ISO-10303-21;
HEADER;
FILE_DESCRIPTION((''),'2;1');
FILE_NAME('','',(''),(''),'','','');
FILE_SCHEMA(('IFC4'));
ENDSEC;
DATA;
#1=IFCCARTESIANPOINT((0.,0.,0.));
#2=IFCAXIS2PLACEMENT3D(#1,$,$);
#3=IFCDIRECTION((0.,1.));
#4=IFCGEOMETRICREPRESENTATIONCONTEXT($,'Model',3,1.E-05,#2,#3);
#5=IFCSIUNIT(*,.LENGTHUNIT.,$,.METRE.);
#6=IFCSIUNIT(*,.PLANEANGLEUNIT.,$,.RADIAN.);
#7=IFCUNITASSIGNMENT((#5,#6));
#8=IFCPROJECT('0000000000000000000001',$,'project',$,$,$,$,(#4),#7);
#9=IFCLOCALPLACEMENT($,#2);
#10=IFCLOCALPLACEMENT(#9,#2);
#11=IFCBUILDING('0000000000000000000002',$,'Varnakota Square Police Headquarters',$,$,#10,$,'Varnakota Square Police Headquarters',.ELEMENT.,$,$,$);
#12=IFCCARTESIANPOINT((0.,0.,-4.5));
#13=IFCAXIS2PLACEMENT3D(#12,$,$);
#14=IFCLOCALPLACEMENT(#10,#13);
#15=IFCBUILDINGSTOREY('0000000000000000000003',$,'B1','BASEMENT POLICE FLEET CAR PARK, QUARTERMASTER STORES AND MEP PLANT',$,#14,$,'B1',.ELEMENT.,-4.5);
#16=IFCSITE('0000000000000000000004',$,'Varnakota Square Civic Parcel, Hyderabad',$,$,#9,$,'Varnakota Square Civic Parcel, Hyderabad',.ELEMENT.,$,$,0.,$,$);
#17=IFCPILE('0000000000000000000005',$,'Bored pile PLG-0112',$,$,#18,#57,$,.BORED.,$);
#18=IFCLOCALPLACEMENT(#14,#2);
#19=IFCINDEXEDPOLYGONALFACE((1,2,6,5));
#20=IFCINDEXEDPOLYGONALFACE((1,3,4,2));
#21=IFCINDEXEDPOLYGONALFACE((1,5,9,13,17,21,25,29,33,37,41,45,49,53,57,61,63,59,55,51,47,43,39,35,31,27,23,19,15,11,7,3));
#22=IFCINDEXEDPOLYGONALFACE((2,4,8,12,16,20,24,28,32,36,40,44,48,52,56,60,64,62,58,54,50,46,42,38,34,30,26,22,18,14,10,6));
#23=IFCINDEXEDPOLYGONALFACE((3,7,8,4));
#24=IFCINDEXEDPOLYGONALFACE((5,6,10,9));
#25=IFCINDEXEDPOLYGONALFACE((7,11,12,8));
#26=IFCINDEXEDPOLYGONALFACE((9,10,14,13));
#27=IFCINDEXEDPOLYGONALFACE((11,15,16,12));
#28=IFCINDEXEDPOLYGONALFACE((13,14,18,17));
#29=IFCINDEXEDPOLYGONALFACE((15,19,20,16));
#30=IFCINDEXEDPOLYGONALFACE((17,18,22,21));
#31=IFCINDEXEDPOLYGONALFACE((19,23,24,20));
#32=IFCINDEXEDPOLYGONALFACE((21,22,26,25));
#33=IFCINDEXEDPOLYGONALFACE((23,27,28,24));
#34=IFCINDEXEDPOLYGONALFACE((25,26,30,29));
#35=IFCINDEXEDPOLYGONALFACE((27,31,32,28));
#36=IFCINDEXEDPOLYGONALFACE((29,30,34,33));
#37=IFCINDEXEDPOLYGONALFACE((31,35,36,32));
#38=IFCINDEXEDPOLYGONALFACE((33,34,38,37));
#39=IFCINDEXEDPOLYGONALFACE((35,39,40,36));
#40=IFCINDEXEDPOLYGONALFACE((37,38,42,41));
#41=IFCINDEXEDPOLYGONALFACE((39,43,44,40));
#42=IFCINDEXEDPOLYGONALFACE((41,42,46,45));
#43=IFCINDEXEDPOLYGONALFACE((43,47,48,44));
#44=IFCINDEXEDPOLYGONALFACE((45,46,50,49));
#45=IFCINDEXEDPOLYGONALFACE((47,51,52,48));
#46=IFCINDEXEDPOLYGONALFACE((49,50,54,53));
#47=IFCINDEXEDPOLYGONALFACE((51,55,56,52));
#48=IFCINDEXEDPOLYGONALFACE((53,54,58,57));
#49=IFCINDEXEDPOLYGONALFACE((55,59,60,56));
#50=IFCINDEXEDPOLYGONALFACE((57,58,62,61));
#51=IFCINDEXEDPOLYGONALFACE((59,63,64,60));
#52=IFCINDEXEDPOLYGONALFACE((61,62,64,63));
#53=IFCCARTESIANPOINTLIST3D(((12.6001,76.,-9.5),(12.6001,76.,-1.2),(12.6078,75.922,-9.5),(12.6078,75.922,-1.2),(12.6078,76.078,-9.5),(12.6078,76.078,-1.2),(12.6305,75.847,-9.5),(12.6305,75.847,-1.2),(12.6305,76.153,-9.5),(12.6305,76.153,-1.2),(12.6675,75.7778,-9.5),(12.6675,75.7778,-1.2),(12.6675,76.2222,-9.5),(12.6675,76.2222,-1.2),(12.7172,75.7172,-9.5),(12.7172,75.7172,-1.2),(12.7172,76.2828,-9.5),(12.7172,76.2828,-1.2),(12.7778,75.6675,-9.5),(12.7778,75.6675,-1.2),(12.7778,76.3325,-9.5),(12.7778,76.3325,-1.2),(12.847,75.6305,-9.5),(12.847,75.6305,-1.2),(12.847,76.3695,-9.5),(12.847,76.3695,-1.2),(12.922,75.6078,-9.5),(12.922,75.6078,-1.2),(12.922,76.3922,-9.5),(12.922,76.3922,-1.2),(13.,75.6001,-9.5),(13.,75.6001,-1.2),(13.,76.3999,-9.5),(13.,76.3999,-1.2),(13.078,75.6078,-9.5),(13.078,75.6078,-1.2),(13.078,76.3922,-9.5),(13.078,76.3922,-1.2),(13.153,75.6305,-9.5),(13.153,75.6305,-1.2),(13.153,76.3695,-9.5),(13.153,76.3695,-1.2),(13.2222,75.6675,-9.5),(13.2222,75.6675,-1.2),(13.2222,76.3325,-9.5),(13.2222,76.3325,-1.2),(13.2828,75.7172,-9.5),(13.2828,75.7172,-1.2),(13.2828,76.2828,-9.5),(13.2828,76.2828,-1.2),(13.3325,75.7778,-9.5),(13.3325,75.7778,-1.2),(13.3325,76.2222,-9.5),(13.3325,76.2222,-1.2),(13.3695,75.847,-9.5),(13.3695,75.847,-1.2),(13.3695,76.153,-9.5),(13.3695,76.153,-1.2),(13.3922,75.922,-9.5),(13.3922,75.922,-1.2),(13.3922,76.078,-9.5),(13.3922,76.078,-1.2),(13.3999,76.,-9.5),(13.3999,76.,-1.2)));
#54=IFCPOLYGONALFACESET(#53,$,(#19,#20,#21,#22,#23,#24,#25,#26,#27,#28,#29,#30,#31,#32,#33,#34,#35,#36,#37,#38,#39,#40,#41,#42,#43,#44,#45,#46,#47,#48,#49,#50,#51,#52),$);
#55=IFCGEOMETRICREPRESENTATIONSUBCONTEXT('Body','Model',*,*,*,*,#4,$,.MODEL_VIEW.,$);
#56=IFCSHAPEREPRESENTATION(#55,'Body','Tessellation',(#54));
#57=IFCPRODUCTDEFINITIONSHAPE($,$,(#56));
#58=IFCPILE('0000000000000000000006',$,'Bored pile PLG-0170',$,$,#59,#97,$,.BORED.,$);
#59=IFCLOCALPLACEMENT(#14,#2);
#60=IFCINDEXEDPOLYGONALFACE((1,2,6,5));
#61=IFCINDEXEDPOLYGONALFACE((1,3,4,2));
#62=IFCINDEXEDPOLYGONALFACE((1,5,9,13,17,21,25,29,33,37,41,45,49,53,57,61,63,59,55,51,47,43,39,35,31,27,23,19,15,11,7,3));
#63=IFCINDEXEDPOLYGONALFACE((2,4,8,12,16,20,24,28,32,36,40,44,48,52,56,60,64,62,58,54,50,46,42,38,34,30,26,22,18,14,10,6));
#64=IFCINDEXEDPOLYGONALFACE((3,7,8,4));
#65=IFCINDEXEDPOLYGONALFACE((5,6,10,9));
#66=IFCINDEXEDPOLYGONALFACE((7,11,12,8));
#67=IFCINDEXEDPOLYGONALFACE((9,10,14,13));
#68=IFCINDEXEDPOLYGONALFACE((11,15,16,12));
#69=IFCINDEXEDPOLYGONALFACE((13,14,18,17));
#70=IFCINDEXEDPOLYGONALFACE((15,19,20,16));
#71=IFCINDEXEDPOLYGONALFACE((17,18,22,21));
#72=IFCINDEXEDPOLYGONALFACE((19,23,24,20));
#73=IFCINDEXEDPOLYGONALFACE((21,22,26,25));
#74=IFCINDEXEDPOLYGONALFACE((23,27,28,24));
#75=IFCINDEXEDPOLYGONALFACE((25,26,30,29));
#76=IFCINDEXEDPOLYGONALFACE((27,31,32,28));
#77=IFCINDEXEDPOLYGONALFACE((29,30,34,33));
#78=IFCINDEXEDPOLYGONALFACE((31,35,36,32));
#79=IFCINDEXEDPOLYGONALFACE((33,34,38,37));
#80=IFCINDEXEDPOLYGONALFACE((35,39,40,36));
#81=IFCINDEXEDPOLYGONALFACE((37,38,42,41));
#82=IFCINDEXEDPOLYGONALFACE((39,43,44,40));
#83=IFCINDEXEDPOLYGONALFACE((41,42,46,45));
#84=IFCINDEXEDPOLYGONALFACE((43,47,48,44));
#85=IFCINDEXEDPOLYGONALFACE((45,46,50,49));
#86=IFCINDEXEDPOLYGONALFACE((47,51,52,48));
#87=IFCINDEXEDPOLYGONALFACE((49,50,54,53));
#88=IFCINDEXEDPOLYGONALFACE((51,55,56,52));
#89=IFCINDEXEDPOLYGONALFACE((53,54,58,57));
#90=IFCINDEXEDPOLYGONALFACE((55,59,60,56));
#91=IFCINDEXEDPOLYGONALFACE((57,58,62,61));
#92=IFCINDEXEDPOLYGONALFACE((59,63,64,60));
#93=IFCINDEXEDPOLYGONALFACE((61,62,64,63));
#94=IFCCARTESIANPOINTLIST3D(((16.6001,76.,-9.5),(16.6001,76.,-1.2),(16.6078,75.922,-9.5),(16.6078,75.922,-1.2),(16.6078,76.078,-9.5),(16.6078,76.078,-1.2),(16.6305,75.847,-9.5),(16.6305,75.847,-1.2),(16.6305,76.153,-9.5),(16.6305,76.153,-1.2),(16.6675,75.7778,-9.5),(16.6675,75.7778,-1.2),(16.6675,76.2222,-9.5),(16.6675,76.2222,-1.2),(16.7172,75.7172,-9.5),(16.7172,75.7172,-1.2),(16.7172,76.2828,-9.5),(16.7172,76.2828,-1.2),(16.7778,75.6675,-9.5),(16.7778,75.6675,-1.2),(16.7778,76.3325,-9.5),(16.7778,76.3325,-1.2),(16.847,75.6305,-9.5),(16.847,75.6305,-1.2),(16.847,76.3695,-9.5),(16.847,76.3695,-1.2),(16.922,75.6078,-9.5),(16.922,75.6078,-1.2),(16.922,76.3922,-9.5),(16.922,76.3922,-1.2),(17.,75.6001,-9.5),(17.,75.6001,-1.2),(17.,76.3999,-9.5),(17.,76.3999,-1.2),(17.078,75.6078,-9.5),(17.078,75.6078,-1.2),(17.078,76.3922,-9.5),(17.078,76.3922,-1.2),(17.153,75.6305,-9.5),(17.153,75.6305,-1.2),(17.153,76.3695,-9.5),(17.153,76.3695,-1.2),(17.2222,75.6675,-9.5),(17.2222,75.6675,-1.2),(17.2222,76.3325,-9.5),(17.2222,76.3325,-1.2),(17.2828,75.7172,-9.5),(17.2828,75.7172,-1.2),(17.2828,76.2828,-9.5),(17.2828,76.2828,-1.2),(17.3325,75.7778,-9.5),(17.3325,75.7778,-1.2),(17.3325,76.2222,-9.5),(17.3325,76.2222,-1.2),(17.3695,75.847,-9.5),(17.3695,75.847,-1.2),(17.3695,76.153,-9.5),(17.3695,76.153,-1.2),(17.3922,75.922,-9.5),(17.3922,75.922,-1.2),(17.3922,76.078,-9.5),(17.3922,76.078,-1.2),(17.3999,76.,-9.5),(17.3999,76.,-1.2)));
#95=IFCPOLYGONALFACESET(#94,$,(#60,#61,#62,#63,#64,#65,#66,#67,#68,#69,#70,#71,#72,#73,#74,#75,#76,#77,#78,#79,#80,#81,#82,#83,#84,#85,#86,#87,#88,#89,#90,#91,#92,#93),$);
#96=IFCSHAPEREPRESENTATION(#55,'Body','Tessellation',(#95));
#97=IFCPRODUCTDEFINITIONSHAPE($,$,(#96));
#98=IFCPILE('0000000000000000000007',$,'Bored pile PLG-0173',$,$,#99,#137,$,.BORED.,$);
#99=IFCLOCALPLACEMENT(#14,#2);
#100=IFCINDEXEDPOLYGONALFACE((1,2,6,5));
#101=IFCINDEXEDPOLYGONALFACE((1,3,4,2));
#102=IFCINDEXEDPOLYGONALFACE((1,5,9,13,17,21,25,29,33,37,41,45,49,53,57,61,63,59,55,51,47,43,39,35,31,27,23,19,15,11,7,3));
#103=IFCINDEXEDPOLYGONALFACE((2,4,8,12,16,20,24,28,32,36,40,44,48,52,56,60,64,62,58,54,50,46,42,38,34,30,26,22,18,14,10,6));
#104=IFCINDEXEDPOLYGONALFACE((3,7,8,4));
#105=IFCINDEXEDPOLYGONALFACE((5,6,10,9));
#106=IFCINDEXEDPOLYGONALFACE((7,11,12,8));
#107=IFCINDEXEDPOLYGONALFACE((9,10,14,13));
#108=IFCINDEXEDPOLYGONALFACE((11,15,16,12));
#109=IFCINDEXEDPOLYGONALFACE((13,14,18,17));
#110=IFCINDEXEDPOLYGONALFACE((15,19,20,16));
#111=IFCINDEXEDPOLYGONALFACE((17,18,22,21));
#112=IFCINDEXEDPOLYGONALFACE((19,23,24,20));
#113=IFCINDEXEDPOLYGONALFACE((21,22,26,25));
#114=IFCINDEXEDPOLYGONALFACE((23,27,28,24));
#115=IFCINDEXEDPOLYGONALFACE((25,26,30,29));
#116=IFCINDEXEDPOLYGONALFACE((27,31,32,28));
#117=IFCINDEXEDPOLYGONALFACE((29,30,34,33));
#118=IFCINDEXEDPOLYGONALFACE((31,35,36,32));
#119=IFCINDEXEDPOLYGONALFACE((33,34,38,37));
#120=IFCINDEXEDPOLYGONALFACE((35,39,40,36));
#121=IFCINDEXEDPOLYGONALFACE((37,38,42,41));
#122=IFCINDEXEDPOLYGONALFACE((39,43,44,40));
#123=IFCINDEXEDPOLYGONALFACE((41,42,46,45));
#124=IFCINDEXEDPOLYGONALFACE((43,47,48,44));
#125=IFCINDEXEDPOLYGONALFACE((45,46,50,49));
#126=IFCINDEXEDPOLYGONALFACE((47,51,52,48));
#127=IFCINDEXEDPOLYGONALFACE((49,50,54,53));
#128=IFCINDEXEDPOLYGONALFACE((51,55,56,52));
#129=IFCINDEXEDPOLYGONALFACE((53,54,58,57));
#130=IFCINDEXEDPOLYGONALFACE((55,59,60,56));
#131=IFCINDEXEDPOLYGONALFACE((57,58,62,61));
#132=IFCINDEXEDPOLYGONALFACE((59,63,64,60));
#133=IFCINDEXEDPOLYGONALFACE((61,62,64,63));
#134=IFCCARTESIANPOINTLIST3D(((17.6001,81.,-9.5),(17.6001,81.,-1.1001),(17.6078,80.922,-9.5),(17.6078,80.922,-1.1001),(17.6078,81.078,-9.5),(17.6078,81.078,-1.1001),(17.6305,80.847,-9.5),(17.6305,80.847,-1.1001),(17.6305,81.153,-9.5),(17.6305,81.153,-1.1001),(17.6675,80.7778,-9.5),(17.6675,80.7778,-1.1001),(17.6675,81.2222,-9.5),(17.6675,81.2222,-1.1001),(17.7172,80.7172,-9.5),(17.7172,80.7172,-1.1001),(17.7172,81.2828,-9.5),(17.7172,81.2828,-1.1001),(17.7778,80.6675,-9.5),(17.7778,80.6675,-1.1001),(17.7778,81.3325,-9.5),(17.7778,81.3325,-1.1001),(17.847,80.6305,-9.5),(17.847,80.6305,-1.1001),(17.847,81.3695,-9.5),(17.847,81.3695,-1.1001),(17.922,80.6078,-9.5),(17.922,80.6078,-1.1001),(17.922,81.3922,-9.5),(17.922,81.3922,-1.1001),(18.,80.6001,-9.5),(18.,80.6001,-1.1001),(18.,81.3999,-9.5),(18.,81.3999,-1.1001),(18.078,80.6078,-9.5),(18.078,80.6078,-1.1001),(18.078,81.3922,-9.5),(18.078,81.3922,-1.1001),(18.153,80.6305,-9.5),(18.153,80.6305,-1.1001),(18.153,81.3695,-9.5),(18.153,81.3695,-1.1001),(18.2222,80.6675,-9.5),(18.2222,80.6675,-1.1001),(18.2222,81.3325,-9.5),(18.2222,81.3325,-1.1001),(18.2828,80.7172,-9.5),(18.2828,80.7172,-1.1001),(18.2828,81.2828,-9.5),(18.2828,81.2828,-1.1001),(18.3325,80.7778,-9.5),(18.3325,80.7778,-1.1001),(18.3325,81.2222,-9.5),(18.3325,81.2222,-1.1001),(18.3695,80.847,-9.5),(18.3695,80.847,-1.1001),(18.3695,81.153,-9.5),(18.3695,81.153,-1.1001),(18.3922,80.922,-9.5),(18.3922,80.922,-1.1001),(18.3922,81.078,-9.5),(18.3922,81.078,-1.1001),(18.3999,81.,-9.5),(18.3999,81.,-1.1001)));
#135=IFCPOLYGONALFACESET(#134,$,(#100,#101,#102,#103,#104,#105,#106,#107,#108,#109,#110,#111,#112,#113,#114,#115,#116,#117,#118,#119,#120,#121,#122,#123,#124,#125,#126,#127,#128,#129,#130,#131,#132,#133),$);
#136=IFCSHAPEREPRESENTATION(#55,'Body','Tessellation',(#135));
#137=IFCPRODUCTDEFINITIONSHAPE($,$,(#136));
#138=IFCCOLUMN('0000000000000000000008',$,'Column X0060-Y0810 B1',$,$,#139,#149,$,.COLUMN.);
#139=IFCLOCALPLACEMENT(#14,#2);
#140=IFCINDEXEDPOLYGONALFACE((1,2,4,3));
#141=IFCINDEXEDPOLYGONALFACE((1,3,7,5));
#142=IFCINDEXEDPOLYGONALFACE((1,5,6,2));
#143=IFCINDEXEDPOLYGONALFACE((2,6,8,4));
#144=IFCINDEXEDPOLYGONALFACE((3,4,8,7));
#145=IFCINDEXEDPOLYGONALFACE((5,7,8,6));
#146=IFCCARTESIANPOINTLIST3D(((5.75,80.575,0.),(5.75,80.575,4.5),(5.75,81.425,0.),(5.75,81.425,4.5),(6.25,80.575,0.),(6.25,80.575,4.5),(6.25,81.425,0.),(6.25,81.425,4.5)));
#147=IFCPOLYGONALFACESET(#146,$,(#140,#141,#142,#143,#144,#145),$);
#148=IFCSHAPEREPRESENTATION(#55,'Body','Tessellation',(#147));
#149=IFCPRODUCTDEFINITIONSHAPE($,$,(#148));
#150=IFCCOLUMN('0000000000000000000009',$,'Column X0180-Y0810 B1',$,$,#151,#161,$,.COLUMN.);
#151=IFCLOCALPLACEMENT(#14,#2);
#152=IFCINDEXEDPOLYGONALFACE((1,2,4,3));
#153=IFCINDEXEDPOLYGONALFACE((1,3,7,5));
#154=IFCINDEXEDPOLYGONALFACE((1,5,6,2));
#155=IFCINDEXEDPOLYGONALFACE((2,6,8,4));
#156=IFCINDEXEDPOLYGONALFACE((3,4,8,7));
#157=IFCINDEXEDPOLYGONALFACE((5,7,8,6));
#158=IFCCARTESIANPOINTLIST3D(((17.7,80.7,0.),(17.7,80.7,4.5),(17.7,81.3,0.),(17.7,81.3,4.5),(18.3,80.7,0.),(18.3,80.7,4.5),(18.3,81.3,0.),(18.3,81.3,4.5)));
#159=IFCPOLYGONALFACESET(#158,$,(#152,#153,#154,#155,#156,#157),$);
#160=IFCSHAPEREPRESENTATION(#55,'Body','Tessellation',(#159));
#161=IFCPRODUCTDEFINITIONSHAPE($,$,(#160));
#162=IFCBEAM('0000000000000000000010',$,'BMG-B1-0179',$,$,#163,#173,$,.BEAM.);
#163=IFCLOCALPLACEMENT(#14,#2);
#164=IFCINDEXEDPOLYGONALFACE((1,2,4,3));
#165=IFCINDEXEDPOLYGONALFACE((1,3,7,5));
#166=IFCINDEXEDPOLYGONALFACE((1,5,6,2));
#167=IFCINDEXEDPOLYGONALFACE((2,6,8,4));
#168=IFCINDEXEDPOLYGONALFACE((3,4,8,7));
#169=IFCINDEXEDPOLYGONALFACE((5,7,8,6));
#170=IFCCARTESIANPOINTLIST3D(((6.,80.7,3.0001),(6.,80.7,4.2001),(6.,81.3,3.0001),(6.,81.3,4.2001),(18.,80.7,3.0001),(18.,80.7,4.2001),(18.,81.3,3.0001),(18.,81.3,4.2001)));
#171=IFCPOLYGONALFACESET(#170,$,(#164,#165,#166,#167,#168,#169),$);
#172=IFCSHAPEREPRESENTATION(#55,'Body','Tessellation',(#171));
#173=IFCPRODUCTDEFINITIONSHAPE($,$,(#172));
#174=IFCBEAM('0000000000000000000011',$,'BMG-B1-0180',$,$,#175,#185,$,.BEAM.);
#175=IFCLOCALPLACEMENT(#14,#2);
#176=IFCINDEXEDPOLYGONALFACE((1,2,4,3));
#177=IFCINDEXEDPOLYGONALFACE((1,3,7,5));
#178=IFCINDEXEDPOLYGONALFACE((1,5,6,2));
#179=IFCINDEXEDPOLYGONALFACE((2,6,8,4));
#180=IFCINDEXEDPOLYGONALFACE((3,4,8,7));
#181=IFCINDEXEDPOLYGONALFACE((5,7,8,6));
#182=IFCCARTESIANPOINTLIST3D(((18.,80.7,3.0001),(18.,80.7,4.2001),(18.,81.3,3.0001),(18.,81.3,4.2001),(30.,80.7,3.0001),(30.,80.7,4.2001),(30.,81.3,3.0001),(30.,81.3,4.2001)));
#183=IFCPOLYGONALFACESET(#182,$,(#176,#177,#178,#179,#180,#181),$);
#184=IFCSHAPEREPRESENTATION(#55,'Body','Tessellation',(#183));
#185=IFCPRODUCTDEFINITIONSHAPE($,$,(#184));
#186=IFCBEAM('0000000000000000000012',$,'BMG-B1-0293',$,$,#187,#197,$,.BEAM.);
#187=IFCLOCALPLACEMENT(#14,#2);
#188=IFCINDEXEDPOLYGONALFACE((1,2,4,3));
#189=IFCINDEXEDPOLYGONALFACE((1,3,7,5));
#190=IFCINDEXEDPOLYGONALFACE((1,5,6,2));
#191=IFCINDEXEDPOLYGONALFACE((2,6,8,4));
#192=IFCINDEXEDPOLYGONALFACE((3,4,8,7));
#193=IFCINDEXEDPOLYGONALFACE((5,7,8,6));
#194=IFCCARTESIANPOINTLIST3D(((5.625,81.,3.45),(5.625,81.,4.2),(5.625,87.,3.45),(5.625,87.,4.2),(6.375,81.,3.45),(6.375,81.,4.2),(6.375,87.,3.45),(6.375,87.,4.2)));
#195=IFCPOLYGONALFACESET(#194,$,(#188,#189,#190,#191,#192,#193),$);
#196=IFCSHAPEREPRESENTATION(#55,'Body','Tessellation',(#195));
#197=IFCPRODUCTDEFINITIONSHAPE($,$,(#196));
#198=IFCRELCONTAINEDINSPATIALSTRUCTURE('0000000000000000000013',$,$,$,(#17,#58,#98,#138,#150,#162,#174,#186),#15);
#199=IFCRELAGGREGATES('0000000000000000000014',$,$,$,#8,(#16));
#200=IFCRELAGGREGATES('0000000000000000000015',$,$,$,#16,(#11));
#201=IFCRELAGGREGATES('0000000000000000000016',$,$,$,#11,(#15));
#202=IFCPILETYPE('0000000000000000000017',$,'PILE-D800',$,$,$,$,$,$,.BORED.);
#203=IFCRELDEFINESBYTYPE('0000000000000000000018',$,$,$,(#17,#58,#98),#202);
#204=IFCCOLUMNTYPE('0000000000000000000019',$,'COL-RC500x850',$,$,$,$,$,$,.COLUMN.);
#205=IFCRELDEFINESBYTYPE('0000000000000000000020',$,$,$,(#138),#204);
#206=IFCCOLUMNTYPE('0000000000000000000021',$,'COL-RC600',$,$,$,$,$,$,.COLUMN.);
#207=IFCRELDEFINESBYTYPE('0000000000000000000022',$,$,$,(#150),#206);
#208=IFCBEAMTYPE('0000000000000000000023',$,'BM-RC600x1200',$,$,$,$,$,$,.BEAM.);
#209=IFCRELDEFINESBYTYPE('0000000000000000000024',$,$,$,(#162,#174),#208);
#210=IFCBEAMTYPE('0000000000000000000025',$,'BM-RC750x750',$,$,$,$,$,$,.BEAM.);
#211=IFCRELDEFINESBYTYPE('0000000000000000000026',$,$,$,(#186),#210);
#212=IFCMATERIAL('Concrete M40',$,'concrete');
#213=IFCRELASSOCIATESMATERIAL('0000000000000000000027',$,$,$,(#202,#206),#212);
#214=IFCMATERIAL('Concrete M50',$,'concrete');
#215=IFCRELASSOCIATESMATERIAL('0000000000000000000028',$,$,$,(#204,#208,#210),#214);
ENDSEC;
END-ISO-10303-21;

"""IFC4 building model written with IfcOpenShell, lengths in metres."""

from ifc_helpers import new_model, si_unit, direction, frame, origin, origin_2d, place, context, subcontext, project, spatial, rectangle, circle, extrude, material, material_profile, profile_set, type_object, element, save


model = new_model("IFC4")

# Units and contexts
model_context = context("Model", 3, precision=1e-05, world=origin(), true_north=direction((0.0, 1.0)))
body_context = subcontext(model_context, "Body", "Model", "MODEL_VIEW")
ifc_project = project(units=[si_unit("LENGTHUNIT", "METRE"), si_unit("PLANEANGLEUNIT", "RADIAN")], contexts=[model_context])

# Site, building, storey
site_placement = place(None, origin())
site = spatial("IfcSite", under=ifc_project, at=site_placement, Name="Varnakota Square Civic Parcel, Hyderabad", LongName="Varnakota Square Civic Parcel, Hyderabad", CompositionType="ELEMENT", RefElevation=0.0)
building_placement = place(site_placement, origin())
building = spatial("IfcBuilding", under=site, at=building_placement, Name="Varnakota Square Police Headquarters", LongName="Varnakota Square Police Headquarters", CompositionType="ELEMENT")
storey_placement = place(building_placement, frame((0.0, 0.0, -4.5)))
storey = spatial("IfcBuildingStorey", under=building, at=storey_placement, Name="B1", Description="BASEMENT POLICE FLEET CAR PARK, QUARTERMASTER STORES AND MEP PLANT", LongName="B1", CompositionType="ELEMENT", Elevation=-4.5)

# Shared definitions
ifc_material_1 = material(Name="Concrete M40", Category="concrete")

# Piles
ifc_material_profile_1 = material_profile(ifc_material_1, circle(Radius=0.3999, at=origin_2d()), Name="BORED PILE 800")
ifc_profile_set_1 = profile_set([ifc_material_profile_1], Name="Concrete M40")
pile_type = type_object("IfcPileType", Name="PILE-D800", PredefinedType="BORED", material=ifc_profile_set_1)
for number, where, z_axis, x_axis, name in (
    (1, (13.0, 76.0, -1.2), (0.0, 0.0, -1.0), (1.0, 0.0, 0.0), "Bored pile PLG-0112"),
    (2, (17.0, 76.0, -1.2), (0.0, 0.0, -1.0), (1.0, 0.0, 0.0), "Bored pile PLG-0170"),
):
    element("IfcPile", number, at=place(storey_placement, frame(where, z_axis=z_axis, x_axis=x_axis)), inside=storey, type_object=pile_type, Name=name, PredefinedType="BORED", context=body_context, shape_type="SweptSolid", body=[
        extrude(circle(Radius=0.3999, at=origin_2d()), origin(), (0.0, 0.0, 1.0), 8.3),
    ])
pile_placement = place(storey_placement, frame((18.0, 81.0, -1.1001), z_axis=(0.0, 0.0, -1.0), x_axis=(1.0, 0.0, 0.0)))
element("IfcPile", 3, at=pile_placement, inside=storey, type_object=pile_type, Name="Bored pile PLG-0173", PredefinedType="BORED", context=body_context, shape_type="SweptSolid", body=[
    extrude(circle(Radius=0.3999, at=origin_2d()), origin(), (0.0, 0.0, 1.0), 8.3999),
])

# Columns
ifc_material_2 = material(Name="Concrete M50", Category="concrete")
ifc_material_profile_2 = material_profile(ifc_material_2, rectangle(XDim=0.5, YDim=0.8501, at=origin_2d()), Name="RC 500x850")
ifc_profile_set_2 = profile_set([ifc_material_profile_2], Name="Concrete M50")
column_type_1 = type_object("IfcColumnType", Name="COL-RC500x850", PredefinedType="COLUMN", material=ifc_profile_set_2)
column_1_placement = place(storey_placement, frame((6.0, 81.0, 0.0), z_axis=(0.0, 0.0, 1.0), x_axis=(1.0, 0.0, 0.0)))
element("IfcColumn", 4, at=column_1_placement, inside=storey, type_object=column_type_1, Name="Column X0060-Y0810 B1", PredefinedType="COLUMN", context=body_context, shape_type="SweptSolid", body=[
    extrude(rectangle(XDim=0.5, YDim=0.8501, at=origin_2d()), origin(), (0.0, 0.0, 1.0), 4.5),
])
ifc_material_profile_3 = material_profile(ifc_material_1, rectangle(XDim=0.6001, YDim=0.6001, at=origin_2d()), Name="RC 600x600")
ifc_profile_set_3 = profile_set([ifc_material_profile_3], Name="Concrete M40")
column_type_2 = type_object("IfcColumnType", Name="COL-RC600", PredefinedType="COLUMN", material=ifc_profile_set_3)
column_2_placement = place(storey_placement, frame((18.0, 81.0, 0.0), z_axis=(0.0, 0.0, 1.0), x_axis=(1.0, 0.0, 0.0)))
element("IfcColumn", 5, at=column_2_placement, inside=storey, type_object=column_type_2, Name="Column X0180-Y0810 B1", PredefinedType="COLUMN", context=body_context, shape_type="SweptSolid", body=[
    extrude(rectangle(XDim=0.6001, YDim=0.6001, at=origin_2d()), origin(), (0.0, 0.0, 1.0), 4.5),
])

# Beams
ifc_material_profile_4 = material_profile(ifc_material_2, rectangle(XDim=0.6001, YDim=1.2, at=origin_2d()), Name="RC 600x1200")
ifc_profile_set_4 = profile_set([ifc_material_profile_4], Name="Concrete M50")
beam_type_1 = type_object("IfcBeamType", Name="BM-RC600x1200", PredefinedType="BEAM", material=ifc_profile_set_4)
for number, where, z_axis, x_axis, name in (
    (6, (6.0, 81.0, 3.6001), (1.0, 0.0, 0.0), (0.0, 1.0, 0.0), "BMG-B1-0179"),
    (7, (18.0, 81.0, 3.6001), (1.0, 0.0, 0.0), (0.0, 1.0, 0.0), "BMG-B1-0180"),
):
    element("IfcBeam", number, at=place(storey_placement, frame(where, z_axis=z_axis, x_axis=x_axis)), inside=storey, type_object=beam_type_1, Name=name, PredefinedType="BEAM", context=body_context, shape_type="SweptSolid", body=[
        extrude(rectangle(XDim=0.6001, YDim=1.2, at=origin_2d()), origin(), (0.0, 0.0, 1.0), 12.0),
    ])
ifc_material_profile_5 = material_profile(ifc_material_2, rectangle(XDim=0.75, YDim=0.75, at=origin_2d()), Name="RC 750x750")
ifc_profile_set_5 = profile_set([ifc_material_profile_5], Name="Concrete M50")
beam_type_2 = type_object("IfcBeamType", Name="BM-RC750x750", PredefinedType="BEAM", material=ifc_profile_set_5)
for number, where, z_axis, x_axis, name in (
    (8, (6.0, 81.0, 3.825), (0.0, 1.0, 0.0), (-1.0, 0.0, 0.0), "BMG-B1-0293"),
):
    element("IfcBeam", number, at=place(storey_placement, frame(where, z_axis=z_axis, x_axis=x_axis)), inside=storey, type_object=beam_type_2, Name=name, PredefinedType="BEAM", context=body_context, shape_type="SweptSolid", body=[
        extrude(rectangle(XDim=0.75, YDim=0.75, at=origin_2d()), origin(), (0.0, 0.0, 1.0), 6.0),
    ])

save(model, "model.ifc")
